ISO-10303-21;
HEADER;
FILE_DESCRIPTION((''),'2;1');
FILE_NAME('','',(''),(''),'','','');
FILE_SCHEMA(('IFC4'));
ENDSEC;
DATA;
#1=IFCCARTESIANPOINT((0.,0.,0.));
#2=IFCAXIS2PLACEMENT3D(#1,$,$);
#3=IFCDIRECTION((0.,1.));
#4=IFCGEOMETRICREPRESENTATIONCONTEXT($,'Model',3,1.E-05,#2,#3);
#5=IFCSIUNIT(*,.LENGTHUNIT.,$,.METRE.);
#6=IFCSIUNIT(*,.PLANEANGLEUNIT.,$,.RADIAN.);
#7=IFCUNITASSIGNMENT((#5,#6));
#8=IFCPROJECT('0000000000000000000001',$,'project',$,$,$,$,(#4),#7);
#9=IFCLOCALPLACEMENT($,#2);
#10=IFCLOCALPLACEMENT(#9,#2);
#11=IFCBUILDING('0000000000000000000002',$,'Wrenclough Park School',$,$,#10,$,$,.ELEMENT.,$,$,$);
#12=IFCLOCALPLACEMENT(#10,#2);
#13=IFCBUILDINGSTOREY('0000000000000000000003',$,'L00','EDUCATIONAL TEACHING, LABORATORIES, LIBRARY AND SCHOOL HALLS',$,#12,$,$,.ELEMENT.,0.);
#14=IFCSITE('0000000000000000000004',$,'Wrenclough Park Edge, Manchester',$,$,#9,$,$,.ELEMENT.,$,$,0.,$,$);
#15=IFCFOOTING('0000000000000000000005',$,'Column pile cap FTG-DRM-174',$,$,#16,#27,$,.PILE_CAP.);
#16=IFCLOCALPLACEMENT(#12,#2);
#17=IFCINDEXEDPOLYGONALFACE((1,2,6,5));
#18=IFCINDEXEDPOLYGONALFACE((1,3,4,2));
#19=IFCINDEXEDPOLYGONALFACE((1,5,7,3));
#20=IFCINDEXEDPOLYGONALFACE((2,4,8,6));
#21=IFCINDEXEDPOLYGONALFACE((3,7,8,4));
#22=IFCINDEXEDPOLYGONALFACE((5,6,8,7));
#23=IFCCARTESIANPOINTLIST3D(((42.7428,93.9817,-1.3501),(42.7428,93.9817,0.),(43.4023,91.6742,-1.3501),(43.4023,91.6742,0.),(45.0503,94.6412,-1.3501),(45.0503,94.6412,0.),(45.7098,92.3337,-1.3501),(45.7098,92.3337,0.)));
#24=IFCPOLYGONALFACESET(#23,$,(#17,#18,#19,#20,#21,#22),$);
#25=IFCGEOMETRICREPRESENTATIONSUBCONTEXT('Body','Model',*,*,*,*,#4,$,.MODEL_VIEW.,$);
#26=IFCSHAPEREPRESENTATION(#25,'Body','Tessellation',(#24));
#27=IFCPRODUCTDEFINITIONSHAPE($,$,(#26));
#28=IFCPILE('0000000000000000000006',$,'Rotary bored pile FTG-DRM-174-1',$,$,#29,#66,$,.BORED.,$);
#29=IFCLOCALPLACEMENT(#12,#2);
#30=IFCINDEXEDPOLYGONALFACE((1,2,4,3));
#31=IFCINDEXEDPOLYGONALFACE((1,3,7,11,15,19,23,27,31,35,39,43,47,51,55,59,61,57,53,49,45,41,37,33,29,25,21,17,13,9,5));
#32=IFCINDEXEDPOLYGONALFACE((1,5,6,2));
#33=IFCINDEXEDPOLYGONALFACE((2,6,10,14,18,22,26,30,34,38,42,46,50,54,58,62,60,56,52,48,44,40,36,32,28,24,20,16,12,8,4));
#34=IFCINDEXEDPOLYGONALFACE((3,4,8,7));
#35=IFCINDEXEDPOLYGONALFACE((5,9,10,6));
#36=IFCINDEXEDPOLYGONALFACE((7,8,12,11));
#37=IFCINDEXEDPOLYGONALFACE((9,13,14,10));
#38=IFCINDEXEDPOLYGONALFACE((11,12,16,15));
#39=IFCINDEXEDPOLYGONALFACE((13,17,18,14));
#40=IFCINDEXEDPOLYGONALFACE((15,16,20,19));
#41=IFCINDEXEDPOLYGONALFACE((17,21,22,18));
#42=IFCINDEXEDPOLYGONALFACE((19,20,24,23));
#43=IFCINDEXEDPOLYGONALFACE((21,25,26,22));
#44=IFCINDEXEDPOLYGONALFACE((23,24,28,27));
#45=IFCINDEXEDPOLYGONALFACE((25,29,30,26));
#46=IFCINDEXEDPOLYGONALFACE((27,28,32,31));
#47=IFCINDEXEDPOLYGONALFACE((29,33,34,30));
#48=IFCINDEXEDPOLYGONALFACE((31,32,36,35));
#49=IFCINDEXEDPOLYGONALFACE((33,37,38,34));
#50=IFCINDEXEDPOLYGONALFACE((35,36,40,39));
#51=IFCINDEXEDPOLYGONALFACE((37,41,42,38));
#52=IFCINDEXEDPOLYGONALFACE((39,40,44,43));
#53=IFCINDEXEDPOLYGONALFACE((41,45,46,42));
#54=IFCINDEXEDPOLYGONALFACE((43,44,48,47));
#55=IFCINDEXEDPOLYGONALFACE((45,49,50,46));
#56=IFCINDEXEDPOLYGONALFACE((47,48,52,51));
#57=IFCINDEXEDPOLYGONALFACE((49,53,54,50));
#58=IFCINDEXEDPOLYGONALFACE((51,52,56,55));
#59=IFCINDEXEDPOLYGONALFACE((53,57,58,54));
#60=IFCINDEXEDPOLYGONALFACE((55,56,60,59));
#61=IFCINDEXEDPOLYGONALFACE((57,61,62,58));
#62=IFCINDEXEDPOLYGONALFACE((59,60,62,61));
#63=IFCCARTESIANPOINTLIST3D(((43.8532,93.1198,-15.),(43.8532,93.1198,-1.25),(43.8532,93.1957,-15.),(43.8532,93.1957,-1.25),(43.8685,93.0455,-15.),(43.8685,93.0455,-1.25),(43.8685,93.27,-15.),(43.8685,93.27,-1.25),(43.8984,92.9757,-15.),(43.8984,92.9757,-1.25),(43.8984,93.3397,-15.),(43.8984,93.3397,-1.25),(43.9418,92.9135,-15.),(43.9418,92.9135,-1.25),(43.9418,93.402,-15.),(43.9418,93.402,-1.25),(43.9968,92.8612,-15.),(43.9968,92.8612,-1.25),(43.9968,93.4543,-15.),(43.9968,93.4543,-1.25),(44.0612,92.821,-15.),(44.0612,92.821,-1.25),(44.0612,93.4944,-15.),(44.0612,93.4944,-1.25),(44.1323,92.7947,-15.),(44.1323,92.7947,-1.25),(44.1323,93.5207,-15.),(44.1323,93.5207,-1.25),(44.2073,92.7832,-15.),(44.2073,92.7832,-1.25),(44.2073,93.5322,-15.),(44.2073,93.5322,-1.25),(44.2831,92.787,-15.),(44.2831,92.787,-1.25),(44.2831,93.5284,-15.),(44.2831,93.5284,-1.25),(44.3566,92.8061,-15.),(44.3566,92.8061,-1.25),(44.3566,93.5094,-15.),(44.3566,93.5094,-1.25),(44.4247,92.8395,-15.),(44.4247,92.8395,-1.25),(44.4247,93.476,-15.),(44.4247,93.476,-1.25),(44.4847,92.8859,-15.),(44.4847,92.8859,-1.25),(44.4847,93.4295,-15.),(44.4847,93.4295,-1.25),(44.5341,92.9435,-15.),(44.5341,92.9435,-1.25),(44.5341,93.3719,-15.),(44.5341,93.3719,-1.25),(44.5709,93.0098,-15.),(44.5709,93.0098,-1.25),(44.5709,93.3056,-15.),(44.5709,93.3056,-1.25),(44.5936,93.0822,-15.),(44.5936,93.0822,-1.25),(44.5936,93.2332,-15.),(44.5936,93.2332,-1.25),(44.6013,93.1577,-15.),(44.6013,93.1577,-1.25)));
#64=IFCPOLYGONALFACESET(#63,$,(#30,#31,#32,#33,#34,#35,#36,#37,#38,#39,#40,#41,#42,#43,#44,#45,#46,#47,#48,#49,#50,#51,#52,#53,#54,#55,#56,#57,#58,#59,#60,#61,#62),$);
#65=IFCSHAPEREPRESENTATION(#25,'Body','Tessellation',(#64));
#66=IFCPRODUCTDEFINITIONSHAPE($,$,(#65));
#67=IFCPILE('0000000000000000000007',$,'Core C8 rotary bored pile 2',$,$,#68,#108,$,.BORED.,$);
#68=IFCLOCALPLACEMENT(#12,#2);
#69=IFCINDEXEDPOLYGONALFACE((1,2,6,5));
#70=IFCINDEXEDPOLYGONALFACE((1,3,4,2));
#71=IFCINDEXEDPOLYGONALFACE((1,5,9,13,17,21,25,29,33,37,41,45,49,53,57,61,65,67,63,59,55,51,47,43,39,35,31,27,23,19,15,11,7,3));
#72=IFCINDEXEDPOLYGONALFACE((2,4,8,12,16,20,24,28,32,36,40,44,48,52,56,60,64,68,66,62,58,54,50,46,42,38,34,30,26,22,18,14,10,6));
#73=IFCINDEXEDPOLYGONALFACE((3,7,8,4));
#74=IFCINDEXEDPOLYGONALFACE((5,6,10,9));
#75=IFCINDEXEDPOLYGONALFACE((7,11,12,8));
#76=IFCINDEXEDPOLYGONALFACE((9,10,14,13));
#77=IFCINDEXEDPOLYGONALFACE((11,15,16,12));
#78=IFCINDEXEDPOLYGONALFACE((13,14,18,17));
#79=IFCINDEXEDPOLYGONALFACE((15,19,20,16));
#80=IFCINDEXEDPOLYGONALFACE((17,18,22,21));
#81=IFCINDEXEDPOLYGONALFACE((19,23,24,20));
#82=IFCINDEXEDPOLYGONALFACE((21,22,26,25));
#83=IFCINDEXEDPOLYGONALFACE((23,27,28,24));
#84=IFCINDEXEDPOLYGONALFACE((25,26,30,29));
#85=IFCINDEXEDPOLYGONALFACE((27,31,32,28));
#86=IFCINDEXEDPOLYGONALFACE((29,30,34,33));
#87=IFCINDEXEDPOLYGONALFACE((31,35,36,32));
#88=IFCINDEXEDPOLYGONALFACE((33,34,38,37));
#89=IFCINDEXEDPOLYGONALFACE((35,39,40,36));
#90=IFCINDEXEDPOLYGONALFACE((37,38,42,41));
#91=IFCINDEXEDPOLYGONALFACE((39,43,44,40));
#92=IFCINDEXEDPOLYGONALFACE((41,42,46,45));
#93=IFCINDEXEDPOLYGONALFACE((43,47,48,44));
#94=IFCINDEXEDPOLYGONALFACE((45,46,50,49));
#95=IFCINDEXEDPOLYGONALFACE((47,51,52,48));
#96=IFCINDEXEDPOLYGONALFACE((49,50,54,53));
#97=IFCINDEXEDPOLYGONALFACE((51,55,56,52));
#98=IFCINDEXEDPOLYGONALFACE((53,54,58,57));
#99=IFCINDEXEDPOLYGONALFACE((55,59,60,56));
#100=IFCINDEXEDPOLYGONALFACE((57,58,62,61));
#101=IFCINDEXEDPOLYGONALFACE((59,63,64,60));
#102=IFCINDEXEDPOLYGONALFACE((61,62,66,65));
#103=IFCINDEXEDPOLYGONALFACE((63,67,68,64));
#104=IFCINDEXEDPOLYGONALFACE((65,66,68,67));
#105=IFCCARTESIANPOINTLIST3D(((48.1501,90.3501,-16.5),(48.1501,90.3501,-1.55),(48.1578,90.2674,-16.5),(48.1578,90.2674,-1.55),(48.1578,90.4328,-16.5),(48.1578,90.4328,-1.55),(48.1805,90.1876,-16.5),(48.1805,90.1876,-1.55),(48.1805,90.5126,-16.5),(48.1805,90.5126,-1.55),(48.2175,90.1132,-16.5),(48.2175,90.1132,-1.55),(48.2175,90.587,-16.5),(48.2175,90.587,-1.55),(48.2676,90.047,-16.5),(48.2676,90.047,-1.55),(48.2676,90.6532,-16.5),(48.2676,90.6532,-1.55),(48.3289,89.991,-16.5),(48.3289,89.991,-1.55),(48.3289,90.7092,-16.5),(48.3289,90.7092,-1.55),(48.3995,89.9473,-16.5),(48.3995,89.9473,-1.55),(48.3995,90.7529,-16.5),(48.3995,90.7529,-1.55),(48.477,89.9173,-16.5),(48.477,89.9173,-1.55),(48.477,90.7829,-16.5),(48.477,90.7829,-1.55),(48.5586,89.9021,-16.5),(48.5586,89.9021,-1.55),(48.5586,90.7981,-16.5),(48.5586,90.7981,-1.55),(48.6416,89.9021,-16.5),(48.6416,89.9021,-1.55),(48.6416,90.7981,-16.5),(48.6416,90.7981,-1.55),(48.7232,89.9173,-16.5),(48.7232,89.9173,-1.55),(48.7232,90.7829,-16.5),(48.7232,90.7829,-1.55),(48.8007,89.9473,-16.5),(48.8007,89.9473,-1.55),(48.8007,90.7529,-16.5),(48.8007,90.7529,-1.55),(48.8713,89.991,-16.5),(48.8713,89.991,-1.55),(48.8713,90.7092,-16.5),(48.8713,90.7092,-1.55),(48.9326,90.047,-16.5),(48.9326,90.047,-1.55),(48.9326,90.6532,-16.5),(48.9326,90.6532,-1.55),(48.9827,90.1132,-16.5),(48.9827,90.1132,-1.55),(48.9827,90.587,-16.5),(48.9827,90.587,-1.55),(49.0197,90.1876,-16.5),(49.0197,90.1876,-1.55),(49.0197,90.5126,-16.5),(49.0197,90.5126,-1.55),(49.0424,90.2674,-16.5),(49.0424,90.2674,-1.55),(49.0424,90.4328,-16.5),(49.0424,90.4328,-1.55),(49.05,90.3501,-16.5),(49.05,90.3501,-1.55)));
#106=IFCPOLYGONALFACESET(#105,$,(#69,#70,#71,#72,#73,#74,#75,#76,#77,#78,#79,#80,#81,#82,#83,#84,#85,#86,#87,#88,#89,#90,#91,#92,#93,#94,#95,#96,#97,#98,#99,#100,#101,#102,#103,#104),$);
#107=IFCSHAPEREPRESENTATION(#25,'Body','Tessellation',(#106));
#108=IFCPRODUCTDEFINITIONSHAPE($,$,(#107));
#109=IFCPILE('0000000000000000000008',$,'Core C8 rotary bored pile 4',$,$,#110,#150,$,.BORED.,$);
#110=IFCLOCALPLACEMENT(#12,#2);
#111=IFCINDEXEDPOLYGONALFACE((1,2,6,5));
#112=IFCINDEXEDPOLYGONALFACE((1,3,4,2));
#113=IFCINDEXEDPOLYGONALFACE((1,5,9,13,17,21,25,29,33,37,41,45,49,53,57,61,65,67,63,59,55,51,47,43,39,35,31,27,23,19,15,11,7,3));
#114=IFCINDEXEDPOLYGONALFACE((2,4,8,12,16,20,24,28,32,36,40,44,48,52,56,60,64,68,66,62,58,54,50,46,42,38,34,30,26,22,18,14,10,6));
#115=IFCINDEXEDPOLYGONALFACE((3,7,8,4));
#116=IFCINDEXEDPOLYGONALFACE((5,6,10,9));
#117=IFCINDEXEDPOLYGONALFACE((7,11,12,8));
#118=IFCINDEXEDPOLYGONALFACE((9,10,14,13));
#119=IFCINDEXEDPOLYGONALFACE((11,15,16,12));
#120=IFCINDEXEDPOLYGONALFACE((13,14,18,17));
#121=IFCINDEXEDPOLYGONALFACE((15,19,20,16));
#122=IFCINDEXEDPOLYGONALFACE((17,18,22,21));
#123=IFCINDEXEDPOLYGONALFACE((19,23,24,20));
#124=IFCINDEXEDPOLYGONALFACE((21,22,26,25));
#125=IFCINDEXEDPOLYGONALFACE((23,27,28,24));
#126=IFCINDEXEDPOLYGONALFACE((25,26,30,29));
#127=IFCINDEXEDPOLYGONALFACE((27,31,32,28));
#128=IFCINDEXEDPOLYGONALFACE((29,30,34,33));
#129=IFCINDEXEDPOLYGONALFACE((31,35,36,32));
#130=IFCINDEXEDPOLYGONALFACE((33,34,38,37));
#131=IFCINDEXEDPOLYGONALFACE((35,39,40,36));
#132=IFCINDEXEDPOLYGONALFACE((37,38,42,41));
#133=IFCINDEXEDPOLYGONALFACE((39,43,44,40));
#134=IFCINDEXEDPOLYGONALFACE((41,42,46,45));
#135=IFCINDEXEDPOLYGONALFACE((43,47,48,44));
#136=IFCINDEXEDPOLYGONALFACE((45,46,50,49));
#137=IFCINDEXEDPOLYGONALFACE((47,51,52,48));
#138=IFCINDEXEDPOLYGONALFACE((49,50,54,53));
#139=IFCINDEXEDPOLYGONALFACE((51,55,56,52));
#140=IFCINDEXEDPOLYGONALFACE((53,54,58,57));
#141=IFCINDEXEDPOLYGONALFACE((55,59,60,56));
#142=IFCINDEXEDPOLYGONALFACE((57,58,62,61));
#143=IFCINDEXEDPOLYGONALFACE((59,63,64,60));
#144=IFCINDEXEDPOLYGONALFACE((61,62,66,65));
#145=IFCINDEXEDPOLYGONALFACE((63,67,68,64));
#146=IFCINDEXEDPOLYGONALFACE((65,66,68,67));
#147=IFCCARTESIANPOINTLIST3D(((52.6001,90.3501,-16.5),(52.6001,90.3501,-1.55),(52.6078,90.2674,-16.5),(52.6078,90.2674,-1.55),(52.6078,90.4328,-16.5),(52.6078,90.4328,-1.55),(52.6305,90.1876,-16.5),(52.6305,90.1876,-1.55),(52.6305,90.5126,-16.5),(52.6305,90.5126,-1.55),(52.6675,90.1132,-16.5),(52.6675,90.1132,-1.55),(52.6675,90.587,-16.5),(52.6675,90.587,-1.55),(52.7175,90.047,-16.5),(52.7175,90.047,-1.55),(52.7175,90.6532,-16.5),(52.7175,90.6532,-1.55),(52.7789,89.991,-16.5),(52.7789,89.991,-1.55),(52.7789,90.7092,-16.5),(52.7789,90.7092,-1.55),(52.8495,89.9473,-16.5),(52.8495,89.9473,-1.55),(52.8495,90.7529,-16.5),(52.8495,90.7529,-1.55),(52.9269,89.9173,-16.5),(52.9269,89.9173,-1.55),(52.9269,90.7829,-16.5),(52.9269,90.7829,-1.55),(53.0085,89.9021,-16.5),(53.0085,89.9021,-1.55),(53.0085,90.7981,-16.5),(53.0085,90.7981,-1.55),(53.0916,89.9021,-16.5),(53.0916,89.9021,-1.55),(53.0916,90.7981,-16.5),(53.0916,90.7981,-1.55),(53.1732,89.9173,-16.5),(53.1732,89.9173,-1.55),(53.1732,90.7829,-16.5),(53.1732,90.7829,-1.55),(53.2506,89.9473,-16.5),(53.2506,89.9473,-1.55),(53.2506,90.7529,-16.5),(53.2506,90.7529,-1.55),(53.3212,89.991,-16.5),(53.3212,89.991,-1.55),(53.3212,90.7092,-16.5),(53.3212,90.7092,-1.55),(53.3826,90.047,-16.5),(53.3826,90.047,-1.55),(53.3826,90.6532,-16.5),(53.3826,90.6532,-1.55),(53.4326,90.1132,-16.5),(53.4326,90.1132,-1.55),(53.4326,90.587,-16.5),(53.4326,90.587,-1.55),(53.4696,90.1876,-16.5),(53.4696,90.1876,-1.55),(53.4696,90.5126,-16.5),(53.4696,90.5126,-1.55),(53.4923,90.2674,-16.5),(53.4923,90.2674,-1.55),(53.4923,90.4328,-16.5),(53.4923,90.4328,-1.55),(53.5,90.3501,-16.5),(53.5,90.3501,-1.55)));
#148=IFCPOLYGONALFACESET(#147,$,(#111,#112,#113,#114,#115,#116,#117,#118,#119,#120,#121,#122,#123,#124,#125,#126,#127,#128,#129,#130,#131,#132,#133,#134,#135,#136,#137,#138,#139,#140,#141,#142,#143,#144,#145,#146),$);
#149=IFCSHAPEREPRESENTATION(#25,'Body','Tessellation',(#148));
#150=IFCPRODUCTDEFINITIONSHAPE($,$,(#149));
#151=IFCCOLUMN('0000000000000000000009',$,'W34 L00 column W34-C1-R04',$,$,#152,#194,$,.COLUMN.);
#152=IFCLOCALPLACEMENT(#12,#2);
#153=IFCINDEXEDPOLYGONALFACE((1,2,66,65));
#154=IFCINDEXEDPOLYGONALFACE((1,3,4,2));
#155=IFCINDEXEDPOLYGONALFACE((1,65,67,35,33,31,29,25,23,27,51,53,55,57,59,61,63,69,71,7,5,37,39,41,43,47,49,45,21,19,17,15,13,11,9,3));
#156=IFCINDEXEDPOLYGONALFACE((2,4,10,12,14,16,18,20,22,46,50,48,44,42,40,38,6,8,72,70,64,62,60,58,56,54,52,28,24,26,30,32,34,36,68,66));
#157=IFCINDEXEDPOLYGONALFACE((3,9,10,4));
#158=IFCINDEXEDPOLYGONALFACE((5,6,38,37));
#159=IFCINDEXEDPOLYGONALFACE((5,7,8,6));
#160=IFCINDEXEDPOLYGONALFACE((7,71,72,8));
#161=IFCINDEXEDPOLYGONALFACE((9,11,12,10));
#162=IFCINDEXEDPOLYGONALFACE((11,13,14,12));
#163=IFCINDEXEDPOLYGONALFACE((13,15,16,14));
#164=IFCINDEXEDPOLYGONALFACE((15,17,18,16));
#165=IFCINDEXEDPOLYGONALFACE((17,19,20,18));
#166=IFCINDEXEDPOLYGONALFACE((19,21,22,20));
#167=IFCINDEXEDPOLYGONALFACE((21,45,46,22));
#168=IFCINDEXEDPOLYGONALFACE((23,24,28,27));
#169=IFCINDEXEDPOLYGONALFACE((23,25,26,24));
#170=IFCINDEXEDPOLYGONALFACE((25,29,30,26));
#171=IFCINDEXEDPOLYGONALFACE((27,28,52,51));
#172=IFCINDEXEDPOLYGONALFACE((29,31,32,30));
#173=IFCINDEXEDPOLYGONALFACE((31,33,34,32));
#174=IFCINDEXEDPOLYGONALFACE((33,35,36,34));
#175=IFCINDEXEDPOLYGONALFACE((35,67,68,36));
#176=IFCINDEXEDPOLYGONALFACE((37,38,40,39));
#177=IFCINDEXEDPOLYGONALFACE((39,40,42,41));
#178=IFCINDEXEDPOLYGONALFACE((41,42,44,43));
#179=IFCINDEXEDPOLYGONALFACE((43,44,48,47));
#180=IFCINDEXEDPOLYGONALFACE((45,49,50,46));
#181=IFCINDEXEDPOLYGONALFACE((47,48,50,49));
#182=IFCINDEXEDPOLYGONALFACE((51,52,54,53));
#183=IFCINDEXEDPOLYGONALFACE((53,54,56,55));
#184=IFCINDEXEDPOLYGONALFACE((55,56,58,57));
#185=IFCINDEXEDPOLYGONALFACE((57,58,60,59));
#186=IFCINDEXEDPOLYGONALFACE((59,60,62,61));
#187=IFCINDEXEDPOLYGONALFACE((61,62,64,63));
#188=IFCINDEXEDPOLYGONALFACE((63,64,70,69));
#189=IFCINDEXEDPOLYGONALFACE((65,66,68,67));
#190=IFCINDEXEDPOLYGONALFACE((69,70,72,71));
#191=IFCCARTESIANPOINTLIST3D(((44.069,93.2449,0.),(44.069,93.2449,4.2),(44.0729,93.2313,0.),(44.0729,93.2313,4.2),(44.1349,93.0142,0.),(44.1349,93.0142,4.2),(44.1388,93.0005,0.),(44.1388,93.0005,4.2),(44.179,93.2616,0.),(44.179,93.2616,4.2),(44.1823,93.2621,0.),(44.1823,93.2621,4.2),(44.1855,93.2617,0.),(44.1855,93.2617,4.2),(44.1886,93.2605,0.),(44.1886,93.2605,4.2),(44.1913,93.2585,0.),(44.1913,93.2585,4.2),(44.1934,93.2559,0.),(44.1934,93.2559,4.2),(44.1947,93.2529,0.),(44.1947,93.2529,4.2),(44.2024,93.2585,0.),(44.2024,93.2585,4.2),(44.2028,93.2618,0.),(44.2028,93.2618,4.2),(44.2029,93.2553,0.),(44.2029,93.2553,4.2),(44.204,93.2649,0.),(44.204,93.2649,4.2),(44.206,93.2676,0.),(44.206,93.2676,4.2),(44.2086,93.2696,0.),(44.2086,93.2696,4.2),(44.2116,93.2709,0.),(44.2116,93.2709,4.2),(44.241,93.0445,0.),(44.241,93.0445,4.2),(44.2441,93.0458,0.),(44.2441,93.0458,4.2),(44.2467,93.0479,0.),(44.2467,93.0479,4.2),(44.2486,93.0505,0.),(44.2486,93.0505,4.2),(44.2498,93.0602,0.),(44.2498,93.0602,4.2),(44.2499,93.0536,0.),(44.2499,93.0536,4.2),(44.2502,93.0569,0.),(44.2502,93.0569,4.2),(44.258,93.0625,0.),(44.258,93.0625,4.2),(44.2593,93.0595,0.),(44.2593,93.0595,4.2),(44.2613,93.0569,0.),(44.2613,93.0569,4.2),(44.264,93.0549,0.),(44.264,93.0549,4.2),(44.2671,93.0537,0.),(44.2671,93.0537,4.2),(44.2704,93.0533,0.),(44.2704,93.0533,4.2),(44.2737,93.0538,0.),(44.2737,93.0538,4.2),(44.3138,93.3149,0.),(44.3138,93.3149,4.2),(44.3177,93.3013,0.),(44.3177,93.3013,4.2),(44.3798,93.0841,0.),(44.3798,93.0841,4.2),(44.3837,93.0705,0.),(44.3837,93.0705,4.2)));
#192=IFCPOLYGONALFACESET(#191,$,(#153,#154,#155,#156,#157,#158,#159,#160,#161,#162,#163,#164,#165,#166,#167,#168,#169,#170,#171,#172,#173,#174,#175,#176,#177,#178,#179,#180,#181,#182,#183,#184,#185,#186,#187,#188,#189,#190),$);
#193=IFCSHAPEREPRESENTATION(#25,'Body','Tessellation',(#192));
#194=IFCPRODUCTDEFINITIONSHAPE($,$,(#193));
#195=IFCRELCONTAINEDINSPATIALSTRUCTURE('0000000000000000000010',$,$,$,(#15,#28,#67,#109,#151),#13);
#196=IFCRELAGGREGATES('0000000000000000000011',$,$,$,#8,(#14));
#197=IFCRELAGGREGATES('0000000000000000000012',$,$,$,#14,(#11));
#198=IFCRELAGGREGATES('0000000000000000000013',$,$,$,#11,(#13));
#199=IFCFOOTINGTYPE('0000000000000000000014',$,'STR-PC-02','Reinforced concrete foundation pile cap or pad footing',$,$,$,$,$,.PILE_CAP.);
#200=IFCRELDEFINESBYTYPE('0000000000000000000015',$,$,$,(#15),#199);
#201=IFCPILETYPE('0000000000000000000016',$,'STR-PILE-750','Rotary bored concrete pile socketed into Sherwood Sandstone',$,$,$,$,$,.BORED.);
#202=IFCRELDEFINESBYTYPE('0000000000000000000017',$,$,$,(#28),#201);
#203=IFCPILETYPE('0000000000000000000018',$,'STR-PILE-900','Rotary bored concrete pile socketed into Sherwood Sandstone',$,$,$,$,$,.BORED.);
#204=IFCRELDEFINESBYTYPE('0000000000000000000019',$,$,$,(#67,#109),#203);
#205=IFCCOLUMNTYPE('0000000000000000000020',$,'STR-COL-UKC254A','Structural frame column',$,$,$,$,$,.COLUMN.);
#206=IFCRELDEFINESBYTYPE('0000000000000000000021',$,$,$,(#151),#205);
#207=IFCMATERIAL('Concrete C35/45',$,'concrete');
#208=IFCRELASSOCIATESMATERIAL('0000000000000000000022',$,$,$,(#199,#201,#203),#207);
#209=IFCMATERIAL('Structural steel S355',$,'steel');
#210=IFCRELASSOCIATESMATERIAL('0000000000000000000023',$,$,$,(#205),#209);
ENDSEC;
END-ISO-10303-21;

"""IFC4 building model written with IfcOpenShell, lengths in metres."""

from ifc_helpers import new_model, si_unit, direction, frame, origin, origin_2d, place, context, subcontext, project, spatial, rectangle, circle, i_section, extrude, material, material_profile, profile_set, type_object, element, save


model = new_model("IFC4")

# Units and contexts
model_context = context("Model", 3, precision=1e-05, world=origin(), true_north=direction((0.0, 1.0)))
body_context = subcontext(model_context, "Body", "Model", "MODEL_VIEW")
ifc_project = project(units=[si_unit("LENGTHUNIT", "METRE"), si_unit("PLANEANGLEUNIT", "RADIAN")], contexts=[model_context])

# Site, building, storey
site_placement = place(None, origin())
site = spatial("IfcSite", under=ifc_project, at=site_placement, Name="Wrenclough Park Edge, Manchester", CompositionType="ELEMENT", RefElevation=0.0)
building_placement = place(site_placement, origin())
building = spatial("IfcBuilding", under=site, at=building_placement, Name="Wrenclough Park School", CompositionType="ELEMENT")
storey_placement = place(building_placement, origin())
storey = spatial("IfcBuildingStorey", under=building, at=storey_placement, Name="L00", Description="EDUCATIONAL TEACHING, LABORATORIES, LIBRARY AND SCHOOL HALLS", CompositionType="ELEMENT", Elevation=0.0)

# Footing
ifc_material_1 = material(Name="Concrete C35/45", Category="concrete")
footing_type = type_object("IfcFootingType", Name="STR-PC-02", Description="Reinforced concrete foundation pile cap or pad footing", PredefinedType="PILE_CAP", material=ifc_material_1)
footing_placement = place(storey_placement, frame((44.2263, 93.1577, -1.3501), z_axis=(0.0, 0.0, 1.0), x_axis=(0.961502, 0.274798, 0.0)))
element("IfcFooting", 1, at=footing_placement, inside=storey, type_object=footing_type, Name="Column pile cap FTG-DRM-174", PredefinedType="PILE_CAP", context=body_context, shape_type="SweptSolid", body=[
    extrude(rectangle(XDim=2.3999, YDim=2.3999, at=origin_2d()), origin(), (0.0, 0.0, 1.0), 1.3501),
])

# Piles
ifc_material_profile_1 = material_profile(ifc_material_1, circle(Radius=0.375, at=origin_2d()), Name="BORED PILE D750")
ifc_profile_set_1 = profile_set([ifc_material_profile_1], Name="Concrete C35/45")
pile_type_1 = type_object("IfcPileType", Name="STR-PILE-750", Description="Rotary bored concrete pile socketed into Sherwood Sandstone", PredefinedType="BORED", material=ifc_profile_set_1)
pile_placement = place(storey_placement, frame((44.2263, 93.1577, -1.25), z_axis=(0.0, 0.0, -1.0), x_axis=(1.0, 0.0, 0.0)))
element("IfcPile", 2, at=pile_placement, inside=storey, type_object=pile_type_1, Name="Rotary bored pile FTG-DRM-174-1", PredefinedType="BORED", context=body_context, shape_type="SweptSolid", body=[
    extrude(circle(Radius=0.375, at=origin_2d()), origin(), (0.0, 0.0, 1.0), 13.75),
])
ifc_material_profile_2 = material_profile(ifc_material_1, circle(Radius=0.45, at=origin_2d()), Name="BORED PILE D900")
ifc_profile_set_2 = profile_set([ifc_material_profile_2], Name="Concrete C35/45")
pile_type_2 = type_object("IfcPileType", Name="STR-PILE-900", Description="Rotary bored concrete pile socketed into Sherwood Sandstone", PredefinedType="BORED", material=ifc_profile_set_2)
for number, where, z_axis, x_axis, name in (
    (3, (48.6001, 90.3501, -1.55), (0.0, 0.0, -1.0), (1.0, 0.0, 0.0), "Core C8 rotary bored pile 2"),
    (4, (53.05, 90.3501, -1.55), (0.0, 0.0, -1.0), (1.0, 0.0, 0.0), "Core C8 rotary bored pile 4"),
):
    element("IfcPile", number, at=place(storey_placement, frame(where, z_axis=z_axis, x_axis=x_axis)), inside=storey, type_object=pile_type_2, Name=name, PredefinedType="BORED", context=body_context, shape_type="SweptSolid", body=[
        extrude(circle(Radius=0.45, at=origin_2d()), origin(), (0.0, 0.0, 1.0), 14.95),
    ])

# Column
ifc_material_2 = material(Name="Structural steel S355", Category="steel")
ifc_material_profile_3 = material_profile(ifc_material_2, i_section(OverallWidth=0.2546, OverallDepth=0.2542, WebThickness=0.0085, FlangeThickness=0.0142, FilletRadius=0.0127, at=origin_2d()), Name="UKC 254x254x73")
ifc_profile_set_3 = profile_set([ifc_material_profile_3], Name="Structural steel S355")
column_type = type_object("IfcColumnType", Name="STR-COL-UKC254A", Description="Structural frame column", PredefinedType="COLUMN", material=ifc_profile_set_3)
column_placement = place(storey_placement, frame((44.2263, 93.1577, 0.0), z_axis=(0.0, 0.0, 1.0), x_axis=(0.961502, 0.274798, 0.0)))
element("IfcColumn", 5, at=column_placement, inside=storey, type_object=column_type, Name="W34 L00 column W34-C1-R04", PredefinedType="COLUMN", context=body_context, shape_type="SweptSolid", body=[
    extrude(i_section(OverallWidth=0.2546, OverallDepth=0.2542, WebThickness=0.0085, FlangeThickness=0.0142, FilletRadius=0.0127, at=origin_2d()), origin(), (0.0, 0.0, 1.0), 4.2),
])

save(model, "model.ifc")
